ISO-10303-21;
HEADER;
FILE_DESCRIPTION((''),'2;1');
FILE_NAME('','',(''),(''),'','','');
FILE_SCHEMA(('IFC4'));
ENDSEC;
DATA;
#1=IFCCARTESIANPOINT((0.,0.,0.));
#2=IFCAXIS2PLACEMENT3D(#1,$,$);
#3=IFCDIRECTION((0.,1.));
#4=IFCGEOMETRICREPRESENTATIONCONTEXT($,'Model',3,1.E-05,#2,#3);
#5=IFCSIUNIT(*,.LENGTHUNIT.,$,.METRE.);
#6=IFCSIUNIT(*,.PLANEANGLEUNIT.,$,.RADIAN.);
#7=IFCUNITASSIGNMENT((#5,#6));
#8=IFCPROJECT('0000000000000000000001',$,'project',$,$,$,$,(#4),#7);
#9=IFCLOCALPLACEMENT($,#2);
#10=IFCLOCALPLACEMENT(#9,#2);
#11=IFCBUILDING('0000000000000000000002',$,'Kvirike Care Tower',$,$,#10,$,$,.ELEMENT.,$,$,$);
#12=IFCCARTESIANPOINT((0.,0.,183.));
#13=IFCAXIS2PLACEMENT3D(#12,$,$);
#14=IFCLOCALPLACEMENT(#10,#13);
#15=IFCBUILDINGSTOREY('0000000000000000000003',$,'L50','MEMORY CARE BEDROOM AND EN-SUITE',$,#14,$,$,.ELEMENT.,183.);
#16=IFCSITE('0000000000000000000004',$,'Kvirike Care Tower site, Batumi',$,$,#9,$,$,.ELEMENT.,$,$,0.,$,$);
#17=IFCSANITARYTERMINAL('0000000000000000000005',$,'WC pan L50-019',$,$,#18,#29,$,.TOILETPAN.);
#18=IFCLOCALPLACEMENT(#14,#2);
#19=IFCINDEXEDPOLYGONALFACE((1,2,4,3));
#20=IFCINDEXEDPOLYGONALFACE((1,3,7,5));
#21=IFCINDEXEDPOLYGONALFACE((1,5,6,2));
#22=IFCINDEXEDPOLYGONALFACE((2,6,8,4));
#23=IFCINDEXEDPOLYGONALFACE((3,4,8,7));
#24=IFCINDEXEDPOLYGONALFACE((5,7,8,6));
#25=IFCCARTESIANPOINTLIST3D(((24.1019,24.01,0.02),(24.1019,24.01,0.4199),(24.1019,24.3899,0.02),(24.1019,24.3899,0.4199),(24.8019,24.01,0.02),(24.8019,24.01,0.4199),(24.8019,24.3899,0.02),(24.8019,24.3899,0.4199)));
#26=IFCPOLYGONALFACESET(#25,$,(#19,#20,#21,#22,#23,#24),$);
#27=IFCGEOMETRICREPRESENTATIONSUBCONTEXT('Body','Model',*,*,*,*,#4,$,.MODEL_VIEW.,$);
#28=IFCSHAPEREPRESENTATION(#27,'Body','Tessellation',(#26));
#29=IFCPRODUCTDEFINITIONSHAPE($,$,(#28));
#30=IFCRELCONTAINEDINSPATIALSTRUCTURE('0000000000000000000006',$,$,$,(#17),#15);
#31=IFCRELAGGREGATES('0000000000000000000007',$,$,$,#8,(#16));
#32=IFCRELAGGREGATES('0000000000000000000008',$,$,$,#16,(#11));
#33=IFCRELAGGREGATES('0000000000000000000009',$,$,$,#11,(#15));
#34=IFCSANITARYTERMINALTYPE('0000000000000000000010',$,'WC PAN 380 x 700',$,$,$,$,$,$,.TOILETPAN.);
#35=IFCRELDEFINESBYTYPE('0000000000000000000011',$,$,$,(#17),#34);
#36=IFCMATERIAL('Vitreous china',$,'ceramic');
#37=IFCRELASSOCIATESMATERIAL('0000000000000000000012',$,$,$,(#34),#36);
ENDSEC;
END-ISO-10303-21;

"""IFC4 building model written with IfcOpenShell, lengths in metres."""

from ifc_helpers import new_model, si_unit, direction, frame, origin, origin_2d, place, context, subcontext, project, spatial, rectangle, extrude, material, type_object, element, save


model = new_model("IFC4")

# Units and contexts
model_context = context("Model", 3, precision=1e-05, world=origin(), true_north=direction((0.0, 1.0)))
body_context = subcontext(model_context, "Body", "Model", "MODEL_VIEW")
ifc_project = project(units=[si_unit("LENGTHUNIT", "METRE"), si_unit("PLANEANGLEUNIT", "RADIAN")], contexts=[model_context])

# Site, building, storey
site_placement = place(None, origin())
site = spatial("IfcSite", under=ifc_project, at=site_placement, Name="Kvirike Care Tower site, Batumi", CompositionType="ELEMENT", RefElevation=0.0)
building_placement = place(site_placement, origin())
building = spatial("IfcBuilding", under=site, at=building_placement, Name="Kvirike Care Tower", CompositionType="ELEMENT")
storey_placement = place(building_placement, frame((0.0, 0.0, 183.0)))
storey = spatial("IfcBuildingStorey", under=building, at=storey_placement, Name="L50", Description="MEMORY CARE BEDROOM AND EN-SUITE", CompositionType="ELEMENT", Elevation=183.0)

# Sanitary terminal
ifc_material_1 = material(Name="Vitreous china", Category="ceramic")
sanitary_terminal_type_1 = type_object("IfcSanitaryTerminalType", Name="WC PAN 380 x 700", PredefinedType="TOILETPAN", material=ifc_material_1)
sanitary_terminal_1_placement = place(storey_placement, frame((24.4519, 24.2, 0.02), z_axis=(0.0, 0.0, 1.0), x_axis=(0.0, 1.0, 0.0)))
element("IfcSanitaryTerminal", 1, at=sanitary_terminal_1_placement, inside=storey, type_object=sanitary_terminal_type_1, Name="WC pan L50-019", PredefinedType="TOILETPAN", context=body_context, shape_type="SweptSolid", body=[
    extrude(rectangle(XDim=0.3799, YDim=0.7, at=origin_2d()), origin(), (0.0, 0.0, 1.0), 0.3999),
])

save(model, "model.ifc")
